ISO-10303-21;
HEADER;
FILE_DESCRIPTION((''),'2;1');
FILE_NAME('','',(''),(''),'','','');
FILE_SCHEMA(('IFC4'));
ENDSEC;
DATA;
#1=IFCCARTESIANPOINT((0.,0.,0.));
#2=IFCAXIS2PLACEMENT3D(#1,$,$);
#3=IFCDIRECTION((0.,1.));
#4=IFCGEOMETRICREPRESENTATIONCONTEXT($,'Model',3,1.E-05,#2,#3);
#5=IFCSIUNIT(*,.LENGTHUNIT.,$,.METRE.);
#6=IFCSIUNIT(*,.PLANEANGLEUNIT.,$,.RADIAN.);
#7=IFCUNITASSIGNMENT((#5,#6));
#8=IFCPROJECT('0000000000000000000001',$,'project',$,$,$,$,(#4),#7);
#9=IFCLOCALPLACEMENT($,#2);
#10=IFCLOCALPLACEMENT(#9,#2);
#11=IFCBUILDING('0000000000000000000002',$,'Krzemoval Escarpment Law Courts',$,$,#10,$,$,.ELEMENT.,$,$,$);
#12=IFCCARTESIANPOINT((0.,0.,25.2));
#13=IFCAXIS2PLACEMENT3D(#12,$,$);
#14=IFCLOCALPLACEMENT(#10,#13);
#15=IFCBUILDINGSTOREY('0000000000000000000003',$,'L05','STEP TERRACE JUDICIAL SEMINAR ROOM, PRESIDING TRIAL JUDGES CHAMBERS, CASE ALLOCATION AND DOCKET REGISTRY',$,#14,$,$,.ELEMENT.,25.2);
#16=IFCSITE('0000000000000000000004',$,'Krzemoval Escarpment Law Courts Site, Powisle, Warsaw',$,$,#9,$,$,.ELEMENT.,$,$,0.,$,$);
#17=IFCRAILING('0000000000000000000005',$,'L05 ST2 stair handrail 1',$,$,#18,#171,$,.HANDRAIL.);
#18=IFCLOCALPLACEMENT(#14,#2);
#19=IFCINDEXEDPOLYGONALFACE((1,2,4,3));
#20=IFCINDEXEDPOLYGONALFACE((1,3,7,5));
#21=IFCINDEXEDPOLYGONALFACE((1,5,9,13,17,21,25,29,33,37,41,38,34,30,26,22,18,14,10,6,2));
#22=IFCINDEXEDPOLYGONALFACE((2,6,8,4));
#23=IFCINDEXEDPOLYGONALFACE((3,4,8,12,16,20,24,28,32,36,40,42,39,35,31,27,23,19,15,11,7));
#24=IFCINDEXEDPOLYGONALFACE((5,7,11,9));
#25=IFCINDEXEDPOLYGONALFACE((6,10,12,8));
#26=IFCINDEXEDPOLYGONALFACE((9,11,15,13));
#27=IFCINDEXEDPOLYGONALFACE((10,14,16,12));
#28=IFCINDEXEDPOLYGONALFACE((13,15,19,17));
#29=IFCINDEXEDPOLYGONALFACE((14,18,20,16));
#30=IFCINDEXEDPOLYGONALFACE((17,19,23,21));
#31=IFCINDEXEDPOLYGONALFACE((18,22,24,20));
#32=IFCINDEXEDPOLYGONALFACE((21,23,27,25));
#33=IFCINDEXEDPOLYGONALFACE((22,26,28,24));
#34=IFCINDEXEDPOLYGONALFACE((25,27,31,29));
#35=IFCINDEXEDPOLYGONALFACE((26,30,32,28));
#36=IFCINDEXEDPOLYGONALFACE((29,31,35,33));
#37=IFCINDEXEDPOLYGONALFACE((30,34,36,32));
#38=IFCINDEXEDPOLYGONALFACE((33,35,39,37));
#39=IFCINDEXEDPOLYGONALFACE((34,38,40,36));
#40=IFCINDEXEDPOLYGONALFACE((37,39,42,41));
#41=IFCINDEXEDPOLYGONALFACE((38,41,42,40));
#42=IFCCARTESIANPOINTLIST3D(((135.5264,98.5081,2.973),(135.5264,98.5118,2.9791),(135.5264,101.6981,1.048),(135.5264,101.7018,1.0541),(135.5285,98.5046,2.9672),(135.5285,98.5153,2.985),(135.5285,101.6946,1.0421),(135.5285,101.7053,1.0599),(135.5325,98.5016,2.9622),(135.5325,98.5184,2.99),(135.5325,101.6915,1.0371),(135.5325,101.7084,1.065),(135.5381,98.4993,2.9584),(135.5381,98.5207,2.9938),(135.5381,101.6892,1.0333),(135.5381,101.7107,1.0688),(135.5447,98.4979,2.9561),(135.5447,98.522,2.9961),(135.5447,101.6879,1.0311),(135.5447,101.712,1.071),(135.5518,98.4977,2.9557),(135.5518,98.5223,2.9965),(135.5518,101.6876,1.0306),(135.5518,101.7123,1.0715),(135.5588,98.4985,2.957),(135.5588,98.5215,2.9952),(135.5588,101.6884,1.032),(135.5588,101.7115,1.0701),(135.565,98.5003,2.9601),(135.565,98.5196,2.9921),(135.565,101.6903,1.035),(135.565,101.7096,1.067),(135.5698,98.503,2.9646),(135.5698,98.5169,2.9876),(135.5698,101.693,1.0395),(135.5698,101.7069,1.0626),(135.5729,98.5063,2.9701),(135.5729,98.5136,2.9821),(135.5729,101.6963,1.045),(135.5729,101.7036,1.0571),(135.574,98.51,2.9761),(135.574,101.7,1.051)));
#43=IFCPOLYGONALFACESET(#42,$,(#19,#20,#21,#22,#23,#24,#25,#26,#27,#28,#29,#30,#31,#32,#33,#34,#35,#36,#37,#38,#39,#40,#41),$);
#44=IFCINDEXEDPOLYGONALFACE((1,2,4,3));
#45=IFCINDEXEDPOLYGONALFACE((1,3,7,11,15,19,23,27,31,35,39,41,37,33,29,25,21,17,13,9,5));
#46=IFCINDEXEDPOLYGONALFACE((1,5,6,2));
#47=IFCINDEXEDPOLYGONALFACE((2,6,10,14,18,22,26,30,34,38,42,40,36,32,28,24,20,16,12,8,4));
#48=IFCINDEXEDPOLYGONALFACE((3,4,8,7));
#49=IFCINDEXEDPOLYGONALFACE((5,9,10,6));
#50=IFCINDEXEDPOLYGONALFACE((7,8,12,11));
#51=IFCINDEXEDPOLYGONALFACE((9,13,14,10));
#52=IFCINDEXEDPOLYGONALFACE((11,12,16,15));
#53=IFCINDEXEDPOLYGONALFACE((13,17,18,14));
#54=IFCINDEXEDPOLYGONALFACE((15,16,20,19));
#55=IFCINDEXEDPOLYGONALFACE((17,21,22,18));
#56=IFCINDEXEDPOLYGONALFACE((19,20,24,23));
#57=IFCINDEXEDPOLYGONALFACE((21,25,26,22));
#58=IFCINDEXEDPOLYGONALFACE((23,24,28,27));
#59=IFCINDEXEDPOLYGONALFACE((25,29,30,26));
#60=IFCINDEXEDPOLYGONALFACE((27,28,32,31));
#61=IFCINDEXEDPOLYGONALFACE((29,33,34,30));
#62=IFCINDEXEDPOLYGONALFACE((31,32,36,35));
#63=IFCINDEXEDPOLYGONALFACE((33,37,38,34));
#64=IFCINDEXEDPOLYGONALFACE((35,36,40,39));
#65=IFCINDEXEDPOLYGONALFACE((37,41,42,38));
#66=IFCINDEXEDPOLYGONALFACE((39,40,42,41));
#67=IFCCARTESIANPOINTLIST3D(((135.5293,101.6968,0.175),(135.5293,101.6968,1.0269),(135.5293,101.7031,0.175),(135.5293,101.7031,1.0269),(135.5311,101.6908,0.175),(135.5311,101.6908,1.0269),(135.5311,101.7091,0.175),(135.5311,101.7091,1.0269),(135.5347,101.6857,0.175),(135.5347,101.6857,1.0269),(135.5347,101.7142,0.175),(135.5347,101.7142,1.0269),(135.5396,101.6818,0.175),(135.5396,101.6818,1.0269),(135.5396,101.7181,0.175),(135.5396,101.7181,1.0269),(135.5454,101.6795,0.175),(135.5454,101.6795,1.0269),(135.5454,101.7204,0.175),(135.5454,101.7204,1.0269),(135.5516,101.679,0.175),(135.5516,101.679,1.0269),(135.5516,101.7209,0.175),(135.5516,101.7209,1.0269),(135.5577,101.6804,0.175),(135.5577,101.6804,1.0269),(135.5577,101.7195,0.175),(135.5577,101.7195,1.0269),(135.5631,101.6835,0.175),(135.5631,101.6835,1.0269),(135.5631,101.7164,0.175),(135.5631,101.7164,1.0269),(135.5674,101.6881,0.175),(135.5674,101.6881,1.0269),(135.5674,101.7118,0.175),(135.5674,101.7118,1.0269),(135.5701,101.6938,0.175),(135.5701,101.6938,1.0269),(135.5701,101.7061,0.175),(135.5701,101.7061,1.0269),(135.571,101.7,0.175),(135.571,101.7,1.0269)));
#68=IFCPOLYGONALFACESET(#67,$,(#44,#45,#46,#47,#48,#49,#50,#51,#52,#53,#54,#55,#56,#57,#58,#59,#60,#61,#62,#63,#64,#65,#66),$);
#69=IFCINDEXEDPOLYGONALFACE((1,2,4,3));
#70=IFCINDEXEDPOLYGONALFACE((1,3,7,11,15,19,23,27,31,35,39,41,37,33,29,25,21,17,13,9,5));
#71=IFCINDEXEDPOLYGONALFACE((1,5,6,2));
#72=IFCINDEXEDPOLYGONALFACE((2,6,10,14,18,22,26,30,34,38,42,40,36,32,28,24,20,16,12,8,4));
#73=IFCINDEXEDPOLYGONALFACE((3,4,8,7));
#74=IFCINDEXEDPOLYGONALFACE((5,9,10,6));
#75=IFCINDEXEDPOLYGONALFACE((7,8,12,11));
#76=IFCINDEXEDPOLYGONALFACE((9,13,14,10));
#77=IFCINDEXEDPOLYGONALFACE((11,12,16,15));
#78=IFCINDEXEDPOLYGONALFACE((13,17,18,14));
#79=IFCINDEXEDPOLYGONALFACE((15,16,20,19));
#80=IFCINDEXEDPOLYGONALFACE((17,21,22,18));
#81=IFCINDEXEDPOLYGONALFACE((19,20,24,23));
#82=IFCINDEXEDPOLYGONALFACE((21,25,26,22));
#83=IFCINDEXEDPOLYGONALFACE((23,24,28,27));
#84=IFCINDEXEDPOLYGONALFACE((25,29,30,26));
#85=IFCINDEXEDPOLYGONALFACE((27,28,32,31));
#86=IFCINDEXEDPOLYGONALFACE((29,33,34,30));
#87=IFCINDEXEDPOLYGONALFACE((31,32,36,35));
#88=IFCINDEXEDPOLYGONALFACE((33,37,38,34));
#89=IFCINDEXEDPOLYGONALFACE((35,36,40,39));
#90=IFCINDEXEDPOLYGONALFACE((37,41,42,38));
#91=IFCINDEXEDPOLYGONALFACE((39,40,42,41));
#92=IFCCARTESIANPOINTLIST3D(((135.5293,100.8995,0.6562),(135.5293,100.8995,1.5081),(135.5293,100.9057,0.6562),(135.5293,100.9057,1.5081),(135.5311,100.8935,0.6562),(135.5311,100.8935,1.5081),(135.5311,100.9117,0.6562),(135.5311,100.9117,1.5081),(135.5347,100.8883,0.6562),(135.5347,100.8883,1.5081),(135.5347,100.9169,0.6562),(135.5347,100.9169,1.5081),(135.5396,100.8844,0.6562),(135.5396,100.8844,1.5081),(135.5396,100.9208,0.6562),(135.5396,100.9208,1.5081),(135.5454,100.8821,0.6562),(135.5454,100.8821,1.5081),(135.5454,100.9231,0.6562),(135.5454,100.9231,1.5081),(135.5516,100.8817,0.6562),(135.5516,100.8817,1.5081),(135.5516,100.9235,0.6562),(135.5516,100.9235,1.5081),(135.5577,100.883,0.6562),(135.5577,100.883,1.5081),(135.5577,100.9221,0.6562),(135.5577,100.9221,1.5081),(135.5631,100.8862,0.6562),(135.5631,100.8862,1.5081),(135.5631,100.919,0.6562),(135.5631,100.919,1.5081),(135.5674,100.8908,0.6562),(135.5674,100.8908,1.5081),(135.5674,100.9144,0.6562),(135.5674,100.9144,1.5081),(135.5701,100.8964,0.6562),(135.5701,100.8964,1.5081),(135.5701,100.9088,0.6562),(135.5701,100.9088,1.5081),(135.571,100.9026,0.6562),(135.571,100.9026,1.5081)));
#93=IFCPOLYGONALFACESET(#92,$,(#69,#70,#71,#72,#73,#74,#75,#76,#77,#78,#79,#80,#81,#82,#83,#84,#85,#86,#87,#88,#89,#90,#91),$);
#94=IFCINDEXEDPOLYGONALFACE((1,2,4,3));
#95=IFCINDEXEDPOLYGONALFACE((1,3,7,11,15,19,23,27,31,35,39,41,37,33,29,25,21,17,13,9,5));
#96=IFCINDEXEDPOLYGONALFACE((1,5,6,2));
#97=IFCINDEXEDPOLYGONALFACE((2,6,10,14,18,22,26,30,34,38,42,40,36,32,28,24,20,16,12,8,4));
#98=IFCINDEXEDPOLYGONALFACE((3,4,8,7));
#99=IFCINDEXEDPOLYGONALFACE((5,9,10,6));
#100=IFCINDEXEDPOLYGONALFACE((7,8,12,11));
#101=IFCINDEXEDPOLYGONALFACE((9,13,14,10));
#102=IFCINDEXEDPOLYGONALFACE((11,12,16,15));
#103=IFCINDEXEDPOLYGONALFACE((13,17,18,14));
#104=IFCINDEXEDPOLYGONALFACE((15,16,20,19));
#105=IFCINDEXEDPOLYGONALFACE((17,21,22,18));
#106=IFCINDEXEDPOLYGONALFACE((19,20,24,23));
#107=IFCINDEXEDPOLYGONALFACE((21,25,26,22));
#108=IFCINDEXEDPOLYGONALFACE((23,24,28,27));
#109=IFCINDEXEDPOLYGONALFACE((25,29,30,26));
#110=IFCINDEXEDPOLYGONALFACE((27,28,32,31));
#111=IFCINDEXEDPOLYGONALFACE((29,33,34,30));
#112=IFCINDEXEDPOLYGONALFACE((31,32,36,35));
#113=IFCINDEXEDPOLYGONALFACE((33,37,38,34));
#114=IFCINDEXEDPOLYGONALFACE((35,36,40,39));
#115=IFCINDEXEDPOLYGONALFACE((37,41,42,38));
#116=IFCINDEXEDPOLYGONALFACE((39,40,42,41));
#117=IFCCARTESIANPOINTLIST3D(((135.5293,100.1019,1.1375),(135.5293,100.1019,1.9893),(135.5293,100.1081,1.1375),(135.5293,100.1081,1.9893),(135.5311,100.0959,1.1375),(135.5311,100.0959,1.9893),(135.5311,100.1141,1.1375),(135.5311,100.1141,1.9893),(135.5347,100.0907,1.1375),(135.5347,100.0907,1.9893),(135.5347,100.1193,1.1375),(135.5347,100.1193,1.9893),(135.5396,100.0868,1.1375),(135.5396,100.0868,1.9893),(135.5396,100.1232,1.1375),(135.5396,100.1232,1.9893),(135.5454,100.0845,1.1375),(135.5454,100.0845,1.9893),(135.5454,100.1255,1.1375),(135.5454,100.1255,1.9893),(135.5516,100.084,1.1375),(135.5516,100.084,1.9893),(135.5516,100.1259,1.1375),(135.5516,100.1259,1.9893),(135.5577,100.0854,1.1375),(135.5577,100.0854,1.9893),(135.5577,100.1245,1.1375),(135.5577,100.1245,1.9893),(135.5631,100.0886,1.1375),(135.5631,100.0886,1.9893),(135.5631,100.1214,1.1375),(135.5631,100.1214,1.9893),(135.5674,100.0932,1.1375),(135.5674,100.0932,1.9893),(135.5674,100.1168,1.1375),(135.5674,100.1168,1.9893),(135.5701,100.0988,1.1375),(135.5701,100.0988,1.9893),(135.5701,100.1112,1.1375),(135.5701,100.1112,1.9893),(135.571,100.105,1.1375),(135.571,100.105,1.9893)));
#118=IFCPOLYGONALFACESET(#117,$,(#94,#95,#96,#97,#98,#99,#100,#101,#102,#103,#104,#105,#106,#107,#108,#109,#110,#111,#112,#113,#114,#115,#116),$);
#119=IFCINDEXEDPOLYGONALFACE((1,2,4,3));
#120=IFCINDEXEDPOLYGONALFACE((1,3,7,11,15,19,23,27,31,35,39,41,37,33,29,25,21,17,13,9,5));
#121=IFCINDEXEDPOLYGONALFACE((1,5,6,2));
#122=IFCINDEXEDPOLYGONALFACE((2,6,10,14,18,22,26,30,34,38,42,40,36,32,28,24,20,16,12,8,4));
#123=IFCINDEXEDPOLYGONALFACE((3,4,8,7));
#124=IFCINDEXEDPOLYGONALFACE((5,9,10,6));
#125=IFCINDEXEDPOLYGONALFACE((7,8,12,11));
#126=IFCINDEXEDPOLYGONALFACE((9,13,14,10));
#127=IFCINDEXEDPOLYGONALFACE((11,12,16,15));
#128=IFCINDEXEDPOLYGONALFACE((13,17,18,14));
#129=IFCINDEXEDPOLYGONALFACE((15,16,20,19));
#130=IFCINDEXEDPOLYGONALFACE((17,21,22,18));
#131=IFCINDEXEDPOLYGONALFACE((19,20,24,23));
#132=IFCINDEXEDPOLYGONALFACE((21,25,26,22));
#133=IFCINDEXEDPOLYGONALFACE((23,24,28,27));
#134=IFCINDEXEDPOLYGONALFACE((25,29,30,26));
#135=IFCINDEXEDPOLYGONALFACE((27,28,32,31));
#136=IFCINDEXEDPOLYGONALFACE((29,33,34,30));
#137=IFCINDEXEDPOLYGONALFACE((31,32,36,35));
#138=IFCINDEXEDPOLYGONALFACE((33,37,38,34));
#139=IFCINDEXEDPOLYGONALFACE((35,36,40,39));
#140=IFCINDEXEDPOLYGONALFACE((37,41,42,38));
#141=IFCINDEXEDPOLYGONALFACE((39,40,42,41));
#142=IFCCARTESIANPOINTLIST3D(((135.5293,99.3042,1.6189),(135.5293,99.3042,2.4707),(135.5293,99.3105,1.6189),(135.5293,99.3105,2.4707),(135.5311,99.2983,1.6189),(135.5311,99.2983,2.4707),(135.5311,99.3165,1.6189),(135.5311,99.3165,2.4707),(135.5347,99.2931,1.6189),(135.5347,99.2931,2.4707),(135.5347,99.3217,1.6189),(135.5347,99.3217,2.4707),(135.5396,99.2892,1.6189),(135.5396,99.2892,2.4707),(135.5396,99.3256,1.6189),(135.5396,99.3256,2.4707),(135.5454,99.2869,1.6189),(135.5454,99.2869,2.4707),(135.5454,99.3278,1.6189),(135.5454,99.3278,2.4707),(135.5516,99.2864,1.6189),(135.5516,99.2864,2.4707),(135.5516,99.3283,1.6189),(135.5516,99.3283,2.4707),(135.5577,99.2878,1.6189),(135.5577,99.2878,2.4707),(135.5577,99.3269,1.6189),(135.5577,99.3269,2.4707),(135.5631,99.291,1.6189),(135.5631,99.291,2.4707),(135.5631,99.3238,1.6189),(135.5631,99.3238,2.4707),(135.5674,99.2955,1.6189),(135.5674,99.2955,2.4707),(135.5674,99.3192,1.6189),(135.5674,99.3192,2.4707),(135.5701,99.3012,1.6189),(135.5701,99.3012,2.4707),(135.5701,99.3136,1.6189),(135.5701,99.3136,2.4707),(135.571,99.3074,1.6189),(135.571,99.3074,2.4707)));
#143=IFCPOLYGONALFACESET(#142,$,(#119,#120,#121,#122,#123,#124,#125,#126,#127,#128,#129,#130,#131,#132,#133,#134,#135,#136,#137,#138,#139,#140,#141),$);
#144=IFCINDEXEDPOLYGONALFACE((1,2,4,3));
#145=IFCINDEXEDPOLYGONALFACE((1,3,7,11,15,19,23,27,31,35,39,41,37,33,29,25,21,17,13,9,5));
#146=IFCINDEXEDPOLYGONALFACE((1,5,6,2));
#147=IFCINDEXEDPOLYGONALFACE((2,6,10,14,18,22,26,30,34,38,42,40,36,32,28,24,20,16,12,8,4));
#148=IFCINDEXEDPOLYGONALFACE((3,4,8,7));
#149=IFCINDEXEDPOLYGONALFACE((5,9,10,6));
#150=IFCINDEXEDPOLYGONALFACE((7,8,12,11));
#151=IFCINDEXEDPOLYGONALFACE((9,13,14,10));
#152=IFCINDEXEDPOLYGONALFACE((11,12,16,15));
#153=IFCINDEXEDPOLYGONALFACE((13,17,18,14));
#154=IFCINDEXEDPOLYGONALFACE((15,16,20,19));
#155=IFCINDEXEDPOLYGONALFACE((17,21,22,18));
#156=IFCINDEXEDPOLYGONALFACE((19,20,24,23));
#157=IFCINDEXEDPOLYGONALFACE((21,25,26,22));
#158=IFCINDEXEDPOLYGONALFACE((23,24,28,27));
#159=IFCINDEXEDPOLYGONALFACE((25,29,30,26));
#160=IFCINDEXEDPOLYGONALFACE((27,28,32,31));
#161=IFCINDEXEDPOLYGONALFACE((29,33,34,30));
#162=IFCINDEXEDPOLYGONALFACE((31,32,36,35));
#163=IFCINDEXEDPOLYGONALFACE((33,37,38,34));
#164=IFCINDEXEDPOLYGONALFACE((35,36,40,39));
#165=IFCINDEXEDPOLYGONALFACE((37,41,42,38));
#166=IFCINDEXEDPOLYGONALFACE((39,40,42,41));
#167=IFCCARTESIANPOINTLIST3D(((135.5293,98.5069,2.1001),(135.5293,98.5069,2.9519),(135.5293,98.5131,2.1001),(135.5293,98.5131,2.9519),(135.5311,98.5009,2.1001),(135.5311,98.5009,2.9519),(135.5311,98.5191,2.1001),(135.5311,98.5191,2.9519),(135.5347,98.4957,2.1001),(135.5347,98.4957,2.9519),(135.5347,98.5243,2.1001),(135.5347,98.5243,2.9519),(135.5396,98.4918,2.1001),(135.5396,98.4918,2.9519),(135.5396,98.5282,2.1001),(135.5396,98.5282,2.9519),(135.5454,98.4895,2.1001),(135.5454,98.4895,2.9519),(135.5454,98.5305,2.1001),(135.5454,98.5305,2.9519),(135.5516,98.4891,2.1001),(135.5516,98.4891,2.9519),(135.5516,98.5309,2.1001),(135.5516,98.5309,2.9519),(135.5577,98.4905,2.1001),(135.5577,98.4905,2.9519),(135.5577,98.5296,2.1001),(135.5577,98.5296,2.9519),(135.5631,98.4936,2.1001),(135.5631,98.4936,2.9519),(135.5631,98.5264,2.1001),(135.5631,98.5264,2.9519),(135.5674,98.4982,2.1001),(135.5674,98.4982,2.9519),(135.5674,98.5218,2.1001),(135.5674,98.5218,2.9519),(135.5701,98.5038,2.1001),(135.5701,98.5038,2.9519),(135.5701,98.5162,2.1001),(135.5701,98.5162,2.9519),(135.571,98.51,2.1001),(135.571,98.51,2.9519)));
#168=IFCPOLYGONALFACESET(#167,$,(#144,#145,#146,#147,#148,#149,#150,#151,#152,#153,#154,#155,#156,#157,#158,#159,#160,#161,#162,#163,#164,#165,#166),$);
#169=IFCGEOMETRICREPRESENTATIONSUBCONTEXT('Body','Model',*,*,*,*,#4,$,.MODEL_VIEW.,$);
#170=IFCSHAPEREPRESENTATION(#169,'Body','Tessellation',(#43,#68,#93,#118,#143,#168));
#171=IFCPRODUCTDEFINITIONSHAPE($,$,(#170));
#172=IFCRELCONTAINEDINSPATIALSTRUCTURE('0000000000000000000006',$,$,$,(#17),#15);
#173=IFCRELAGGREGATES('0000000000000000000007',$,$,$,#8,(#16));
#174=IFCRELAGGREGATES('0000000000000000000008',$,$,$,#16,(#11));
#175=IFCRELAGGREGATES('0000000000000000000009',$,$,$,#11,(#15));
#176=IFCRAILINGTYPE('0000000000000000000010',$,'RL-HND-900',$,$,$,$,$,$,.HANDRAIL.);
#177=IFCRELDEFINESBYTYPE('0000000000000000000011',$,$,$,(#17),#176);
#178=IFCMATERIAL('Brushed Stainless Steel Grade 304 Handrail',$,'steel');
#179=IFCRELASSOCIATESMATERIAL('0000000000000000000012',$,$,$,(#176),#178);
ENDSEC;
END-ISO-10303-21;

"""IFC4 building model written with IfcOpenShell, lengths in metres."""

from ifc_helpers import new_model, si_unit, direction, frame, origin, origin_2d, place, context, subcontext, project, spatial, circle, extrude, material, type_object, element, save


model = new_model("IFC4")

# Units and contexts
model_context = context("Model", 3, precision=1e-05, world=origin(), true_north=direction((0.0, 1.0)))
body_context = subcontext(model_context, "Body", "Model", "MODEL_VIEW")
ifc_project = project(units=[si_unit("LENGTHUNIT", "METRE"), si_unit("PLANEANGLEUNIT", "RADIAN")], contexts=[model_context])

# Site, building, storey
site_placement = place(None, origin())
site = spatial("IfcSite", under=ifc_project, at=site_placement, Name="Krzemoval Escarpment Law Courts Site, Powisle, Warsaw", CompositionType="ELEMENT", RefElevation=0.0)
building_placement = place(site_placement, origin())
building = spatial("IfcBuilding", under=site, at=building_placement, Name="Krzemoval Escarpment Law Courts", CompositionType="ELEMENT")
storey_placement = place(building_placement, frame((0.0, 0.0, 25.2)))
storey = spatial("IfcBuildingStorey", under=building, at=storey_placement, Name="L05", Description="STEP TERRACE JUDICIAL SEMINAR ROOM, PRESIDING TRIAL JUDGES CHAMBERS, CASE ALLOCATION AND DOCKET REGISTRY", CompositionType="ELEMENT", Elevation=25.2)

# Railing
ifc_material_1 = material(Name="Brushed Stainless Steel Grade 304 Handrail", Category="steel")
railing_type_1 = type_object("IfcRailingType", Name="RL-HND-900", PredefinedType="HANDRAIL", material=ifc_material_1)
for number, where, name in (
    (1, (135.55, 101.7, 0.175), "L05 ST2 stair handrail 1"),
):
    element("IfcRailing", number, at=place(storey_placement, frame(where)), inside=storey, type_object=railing_type_1, Name=name, PredefinedType="HANDRAIL", context=body_context, shape_type="SweptSolid", body=[
        extrude(circle(Radius=0.0239, at=origin_2d()), frame((0.0, 0.0, 0.876), z_axis=(0.0, -0.856178, 0.516682), x_axis=(1.0, 0.0, 0.0)), (0.0, 0.0, 1.0), 3.7258),
        extrude(circle(Radius=0.021, at=origin_2d()), origin(), (0.0, 0.0, 1.0), 0.8518),
        extrude(circle(Radius=0.021, at=origin_2d()), frame((0.0, -0.7974, 0.4812)), (0.0, 0.0, 1.0), 0.8518),
        extrude(circle(Radius=0.021, at=origin_2d()), frame((0.0, -1.595, 0.9624)), (0.0, 0.0, 1.0), 0.8518),
        extrude(circle(Radius=0.021, at=origin_2d()), frame((0.0, -2.3926, 1.4438)), (0.0, 0.0, 1.0), 0.8518),
        extrude(circle(Radius=0.021, at=origin_2d()), frame((0.0, -3.1899, 1.925)), (0.0, 0.0, 1.0), 0.8518),
    ])

save(model, "model.ifc")
